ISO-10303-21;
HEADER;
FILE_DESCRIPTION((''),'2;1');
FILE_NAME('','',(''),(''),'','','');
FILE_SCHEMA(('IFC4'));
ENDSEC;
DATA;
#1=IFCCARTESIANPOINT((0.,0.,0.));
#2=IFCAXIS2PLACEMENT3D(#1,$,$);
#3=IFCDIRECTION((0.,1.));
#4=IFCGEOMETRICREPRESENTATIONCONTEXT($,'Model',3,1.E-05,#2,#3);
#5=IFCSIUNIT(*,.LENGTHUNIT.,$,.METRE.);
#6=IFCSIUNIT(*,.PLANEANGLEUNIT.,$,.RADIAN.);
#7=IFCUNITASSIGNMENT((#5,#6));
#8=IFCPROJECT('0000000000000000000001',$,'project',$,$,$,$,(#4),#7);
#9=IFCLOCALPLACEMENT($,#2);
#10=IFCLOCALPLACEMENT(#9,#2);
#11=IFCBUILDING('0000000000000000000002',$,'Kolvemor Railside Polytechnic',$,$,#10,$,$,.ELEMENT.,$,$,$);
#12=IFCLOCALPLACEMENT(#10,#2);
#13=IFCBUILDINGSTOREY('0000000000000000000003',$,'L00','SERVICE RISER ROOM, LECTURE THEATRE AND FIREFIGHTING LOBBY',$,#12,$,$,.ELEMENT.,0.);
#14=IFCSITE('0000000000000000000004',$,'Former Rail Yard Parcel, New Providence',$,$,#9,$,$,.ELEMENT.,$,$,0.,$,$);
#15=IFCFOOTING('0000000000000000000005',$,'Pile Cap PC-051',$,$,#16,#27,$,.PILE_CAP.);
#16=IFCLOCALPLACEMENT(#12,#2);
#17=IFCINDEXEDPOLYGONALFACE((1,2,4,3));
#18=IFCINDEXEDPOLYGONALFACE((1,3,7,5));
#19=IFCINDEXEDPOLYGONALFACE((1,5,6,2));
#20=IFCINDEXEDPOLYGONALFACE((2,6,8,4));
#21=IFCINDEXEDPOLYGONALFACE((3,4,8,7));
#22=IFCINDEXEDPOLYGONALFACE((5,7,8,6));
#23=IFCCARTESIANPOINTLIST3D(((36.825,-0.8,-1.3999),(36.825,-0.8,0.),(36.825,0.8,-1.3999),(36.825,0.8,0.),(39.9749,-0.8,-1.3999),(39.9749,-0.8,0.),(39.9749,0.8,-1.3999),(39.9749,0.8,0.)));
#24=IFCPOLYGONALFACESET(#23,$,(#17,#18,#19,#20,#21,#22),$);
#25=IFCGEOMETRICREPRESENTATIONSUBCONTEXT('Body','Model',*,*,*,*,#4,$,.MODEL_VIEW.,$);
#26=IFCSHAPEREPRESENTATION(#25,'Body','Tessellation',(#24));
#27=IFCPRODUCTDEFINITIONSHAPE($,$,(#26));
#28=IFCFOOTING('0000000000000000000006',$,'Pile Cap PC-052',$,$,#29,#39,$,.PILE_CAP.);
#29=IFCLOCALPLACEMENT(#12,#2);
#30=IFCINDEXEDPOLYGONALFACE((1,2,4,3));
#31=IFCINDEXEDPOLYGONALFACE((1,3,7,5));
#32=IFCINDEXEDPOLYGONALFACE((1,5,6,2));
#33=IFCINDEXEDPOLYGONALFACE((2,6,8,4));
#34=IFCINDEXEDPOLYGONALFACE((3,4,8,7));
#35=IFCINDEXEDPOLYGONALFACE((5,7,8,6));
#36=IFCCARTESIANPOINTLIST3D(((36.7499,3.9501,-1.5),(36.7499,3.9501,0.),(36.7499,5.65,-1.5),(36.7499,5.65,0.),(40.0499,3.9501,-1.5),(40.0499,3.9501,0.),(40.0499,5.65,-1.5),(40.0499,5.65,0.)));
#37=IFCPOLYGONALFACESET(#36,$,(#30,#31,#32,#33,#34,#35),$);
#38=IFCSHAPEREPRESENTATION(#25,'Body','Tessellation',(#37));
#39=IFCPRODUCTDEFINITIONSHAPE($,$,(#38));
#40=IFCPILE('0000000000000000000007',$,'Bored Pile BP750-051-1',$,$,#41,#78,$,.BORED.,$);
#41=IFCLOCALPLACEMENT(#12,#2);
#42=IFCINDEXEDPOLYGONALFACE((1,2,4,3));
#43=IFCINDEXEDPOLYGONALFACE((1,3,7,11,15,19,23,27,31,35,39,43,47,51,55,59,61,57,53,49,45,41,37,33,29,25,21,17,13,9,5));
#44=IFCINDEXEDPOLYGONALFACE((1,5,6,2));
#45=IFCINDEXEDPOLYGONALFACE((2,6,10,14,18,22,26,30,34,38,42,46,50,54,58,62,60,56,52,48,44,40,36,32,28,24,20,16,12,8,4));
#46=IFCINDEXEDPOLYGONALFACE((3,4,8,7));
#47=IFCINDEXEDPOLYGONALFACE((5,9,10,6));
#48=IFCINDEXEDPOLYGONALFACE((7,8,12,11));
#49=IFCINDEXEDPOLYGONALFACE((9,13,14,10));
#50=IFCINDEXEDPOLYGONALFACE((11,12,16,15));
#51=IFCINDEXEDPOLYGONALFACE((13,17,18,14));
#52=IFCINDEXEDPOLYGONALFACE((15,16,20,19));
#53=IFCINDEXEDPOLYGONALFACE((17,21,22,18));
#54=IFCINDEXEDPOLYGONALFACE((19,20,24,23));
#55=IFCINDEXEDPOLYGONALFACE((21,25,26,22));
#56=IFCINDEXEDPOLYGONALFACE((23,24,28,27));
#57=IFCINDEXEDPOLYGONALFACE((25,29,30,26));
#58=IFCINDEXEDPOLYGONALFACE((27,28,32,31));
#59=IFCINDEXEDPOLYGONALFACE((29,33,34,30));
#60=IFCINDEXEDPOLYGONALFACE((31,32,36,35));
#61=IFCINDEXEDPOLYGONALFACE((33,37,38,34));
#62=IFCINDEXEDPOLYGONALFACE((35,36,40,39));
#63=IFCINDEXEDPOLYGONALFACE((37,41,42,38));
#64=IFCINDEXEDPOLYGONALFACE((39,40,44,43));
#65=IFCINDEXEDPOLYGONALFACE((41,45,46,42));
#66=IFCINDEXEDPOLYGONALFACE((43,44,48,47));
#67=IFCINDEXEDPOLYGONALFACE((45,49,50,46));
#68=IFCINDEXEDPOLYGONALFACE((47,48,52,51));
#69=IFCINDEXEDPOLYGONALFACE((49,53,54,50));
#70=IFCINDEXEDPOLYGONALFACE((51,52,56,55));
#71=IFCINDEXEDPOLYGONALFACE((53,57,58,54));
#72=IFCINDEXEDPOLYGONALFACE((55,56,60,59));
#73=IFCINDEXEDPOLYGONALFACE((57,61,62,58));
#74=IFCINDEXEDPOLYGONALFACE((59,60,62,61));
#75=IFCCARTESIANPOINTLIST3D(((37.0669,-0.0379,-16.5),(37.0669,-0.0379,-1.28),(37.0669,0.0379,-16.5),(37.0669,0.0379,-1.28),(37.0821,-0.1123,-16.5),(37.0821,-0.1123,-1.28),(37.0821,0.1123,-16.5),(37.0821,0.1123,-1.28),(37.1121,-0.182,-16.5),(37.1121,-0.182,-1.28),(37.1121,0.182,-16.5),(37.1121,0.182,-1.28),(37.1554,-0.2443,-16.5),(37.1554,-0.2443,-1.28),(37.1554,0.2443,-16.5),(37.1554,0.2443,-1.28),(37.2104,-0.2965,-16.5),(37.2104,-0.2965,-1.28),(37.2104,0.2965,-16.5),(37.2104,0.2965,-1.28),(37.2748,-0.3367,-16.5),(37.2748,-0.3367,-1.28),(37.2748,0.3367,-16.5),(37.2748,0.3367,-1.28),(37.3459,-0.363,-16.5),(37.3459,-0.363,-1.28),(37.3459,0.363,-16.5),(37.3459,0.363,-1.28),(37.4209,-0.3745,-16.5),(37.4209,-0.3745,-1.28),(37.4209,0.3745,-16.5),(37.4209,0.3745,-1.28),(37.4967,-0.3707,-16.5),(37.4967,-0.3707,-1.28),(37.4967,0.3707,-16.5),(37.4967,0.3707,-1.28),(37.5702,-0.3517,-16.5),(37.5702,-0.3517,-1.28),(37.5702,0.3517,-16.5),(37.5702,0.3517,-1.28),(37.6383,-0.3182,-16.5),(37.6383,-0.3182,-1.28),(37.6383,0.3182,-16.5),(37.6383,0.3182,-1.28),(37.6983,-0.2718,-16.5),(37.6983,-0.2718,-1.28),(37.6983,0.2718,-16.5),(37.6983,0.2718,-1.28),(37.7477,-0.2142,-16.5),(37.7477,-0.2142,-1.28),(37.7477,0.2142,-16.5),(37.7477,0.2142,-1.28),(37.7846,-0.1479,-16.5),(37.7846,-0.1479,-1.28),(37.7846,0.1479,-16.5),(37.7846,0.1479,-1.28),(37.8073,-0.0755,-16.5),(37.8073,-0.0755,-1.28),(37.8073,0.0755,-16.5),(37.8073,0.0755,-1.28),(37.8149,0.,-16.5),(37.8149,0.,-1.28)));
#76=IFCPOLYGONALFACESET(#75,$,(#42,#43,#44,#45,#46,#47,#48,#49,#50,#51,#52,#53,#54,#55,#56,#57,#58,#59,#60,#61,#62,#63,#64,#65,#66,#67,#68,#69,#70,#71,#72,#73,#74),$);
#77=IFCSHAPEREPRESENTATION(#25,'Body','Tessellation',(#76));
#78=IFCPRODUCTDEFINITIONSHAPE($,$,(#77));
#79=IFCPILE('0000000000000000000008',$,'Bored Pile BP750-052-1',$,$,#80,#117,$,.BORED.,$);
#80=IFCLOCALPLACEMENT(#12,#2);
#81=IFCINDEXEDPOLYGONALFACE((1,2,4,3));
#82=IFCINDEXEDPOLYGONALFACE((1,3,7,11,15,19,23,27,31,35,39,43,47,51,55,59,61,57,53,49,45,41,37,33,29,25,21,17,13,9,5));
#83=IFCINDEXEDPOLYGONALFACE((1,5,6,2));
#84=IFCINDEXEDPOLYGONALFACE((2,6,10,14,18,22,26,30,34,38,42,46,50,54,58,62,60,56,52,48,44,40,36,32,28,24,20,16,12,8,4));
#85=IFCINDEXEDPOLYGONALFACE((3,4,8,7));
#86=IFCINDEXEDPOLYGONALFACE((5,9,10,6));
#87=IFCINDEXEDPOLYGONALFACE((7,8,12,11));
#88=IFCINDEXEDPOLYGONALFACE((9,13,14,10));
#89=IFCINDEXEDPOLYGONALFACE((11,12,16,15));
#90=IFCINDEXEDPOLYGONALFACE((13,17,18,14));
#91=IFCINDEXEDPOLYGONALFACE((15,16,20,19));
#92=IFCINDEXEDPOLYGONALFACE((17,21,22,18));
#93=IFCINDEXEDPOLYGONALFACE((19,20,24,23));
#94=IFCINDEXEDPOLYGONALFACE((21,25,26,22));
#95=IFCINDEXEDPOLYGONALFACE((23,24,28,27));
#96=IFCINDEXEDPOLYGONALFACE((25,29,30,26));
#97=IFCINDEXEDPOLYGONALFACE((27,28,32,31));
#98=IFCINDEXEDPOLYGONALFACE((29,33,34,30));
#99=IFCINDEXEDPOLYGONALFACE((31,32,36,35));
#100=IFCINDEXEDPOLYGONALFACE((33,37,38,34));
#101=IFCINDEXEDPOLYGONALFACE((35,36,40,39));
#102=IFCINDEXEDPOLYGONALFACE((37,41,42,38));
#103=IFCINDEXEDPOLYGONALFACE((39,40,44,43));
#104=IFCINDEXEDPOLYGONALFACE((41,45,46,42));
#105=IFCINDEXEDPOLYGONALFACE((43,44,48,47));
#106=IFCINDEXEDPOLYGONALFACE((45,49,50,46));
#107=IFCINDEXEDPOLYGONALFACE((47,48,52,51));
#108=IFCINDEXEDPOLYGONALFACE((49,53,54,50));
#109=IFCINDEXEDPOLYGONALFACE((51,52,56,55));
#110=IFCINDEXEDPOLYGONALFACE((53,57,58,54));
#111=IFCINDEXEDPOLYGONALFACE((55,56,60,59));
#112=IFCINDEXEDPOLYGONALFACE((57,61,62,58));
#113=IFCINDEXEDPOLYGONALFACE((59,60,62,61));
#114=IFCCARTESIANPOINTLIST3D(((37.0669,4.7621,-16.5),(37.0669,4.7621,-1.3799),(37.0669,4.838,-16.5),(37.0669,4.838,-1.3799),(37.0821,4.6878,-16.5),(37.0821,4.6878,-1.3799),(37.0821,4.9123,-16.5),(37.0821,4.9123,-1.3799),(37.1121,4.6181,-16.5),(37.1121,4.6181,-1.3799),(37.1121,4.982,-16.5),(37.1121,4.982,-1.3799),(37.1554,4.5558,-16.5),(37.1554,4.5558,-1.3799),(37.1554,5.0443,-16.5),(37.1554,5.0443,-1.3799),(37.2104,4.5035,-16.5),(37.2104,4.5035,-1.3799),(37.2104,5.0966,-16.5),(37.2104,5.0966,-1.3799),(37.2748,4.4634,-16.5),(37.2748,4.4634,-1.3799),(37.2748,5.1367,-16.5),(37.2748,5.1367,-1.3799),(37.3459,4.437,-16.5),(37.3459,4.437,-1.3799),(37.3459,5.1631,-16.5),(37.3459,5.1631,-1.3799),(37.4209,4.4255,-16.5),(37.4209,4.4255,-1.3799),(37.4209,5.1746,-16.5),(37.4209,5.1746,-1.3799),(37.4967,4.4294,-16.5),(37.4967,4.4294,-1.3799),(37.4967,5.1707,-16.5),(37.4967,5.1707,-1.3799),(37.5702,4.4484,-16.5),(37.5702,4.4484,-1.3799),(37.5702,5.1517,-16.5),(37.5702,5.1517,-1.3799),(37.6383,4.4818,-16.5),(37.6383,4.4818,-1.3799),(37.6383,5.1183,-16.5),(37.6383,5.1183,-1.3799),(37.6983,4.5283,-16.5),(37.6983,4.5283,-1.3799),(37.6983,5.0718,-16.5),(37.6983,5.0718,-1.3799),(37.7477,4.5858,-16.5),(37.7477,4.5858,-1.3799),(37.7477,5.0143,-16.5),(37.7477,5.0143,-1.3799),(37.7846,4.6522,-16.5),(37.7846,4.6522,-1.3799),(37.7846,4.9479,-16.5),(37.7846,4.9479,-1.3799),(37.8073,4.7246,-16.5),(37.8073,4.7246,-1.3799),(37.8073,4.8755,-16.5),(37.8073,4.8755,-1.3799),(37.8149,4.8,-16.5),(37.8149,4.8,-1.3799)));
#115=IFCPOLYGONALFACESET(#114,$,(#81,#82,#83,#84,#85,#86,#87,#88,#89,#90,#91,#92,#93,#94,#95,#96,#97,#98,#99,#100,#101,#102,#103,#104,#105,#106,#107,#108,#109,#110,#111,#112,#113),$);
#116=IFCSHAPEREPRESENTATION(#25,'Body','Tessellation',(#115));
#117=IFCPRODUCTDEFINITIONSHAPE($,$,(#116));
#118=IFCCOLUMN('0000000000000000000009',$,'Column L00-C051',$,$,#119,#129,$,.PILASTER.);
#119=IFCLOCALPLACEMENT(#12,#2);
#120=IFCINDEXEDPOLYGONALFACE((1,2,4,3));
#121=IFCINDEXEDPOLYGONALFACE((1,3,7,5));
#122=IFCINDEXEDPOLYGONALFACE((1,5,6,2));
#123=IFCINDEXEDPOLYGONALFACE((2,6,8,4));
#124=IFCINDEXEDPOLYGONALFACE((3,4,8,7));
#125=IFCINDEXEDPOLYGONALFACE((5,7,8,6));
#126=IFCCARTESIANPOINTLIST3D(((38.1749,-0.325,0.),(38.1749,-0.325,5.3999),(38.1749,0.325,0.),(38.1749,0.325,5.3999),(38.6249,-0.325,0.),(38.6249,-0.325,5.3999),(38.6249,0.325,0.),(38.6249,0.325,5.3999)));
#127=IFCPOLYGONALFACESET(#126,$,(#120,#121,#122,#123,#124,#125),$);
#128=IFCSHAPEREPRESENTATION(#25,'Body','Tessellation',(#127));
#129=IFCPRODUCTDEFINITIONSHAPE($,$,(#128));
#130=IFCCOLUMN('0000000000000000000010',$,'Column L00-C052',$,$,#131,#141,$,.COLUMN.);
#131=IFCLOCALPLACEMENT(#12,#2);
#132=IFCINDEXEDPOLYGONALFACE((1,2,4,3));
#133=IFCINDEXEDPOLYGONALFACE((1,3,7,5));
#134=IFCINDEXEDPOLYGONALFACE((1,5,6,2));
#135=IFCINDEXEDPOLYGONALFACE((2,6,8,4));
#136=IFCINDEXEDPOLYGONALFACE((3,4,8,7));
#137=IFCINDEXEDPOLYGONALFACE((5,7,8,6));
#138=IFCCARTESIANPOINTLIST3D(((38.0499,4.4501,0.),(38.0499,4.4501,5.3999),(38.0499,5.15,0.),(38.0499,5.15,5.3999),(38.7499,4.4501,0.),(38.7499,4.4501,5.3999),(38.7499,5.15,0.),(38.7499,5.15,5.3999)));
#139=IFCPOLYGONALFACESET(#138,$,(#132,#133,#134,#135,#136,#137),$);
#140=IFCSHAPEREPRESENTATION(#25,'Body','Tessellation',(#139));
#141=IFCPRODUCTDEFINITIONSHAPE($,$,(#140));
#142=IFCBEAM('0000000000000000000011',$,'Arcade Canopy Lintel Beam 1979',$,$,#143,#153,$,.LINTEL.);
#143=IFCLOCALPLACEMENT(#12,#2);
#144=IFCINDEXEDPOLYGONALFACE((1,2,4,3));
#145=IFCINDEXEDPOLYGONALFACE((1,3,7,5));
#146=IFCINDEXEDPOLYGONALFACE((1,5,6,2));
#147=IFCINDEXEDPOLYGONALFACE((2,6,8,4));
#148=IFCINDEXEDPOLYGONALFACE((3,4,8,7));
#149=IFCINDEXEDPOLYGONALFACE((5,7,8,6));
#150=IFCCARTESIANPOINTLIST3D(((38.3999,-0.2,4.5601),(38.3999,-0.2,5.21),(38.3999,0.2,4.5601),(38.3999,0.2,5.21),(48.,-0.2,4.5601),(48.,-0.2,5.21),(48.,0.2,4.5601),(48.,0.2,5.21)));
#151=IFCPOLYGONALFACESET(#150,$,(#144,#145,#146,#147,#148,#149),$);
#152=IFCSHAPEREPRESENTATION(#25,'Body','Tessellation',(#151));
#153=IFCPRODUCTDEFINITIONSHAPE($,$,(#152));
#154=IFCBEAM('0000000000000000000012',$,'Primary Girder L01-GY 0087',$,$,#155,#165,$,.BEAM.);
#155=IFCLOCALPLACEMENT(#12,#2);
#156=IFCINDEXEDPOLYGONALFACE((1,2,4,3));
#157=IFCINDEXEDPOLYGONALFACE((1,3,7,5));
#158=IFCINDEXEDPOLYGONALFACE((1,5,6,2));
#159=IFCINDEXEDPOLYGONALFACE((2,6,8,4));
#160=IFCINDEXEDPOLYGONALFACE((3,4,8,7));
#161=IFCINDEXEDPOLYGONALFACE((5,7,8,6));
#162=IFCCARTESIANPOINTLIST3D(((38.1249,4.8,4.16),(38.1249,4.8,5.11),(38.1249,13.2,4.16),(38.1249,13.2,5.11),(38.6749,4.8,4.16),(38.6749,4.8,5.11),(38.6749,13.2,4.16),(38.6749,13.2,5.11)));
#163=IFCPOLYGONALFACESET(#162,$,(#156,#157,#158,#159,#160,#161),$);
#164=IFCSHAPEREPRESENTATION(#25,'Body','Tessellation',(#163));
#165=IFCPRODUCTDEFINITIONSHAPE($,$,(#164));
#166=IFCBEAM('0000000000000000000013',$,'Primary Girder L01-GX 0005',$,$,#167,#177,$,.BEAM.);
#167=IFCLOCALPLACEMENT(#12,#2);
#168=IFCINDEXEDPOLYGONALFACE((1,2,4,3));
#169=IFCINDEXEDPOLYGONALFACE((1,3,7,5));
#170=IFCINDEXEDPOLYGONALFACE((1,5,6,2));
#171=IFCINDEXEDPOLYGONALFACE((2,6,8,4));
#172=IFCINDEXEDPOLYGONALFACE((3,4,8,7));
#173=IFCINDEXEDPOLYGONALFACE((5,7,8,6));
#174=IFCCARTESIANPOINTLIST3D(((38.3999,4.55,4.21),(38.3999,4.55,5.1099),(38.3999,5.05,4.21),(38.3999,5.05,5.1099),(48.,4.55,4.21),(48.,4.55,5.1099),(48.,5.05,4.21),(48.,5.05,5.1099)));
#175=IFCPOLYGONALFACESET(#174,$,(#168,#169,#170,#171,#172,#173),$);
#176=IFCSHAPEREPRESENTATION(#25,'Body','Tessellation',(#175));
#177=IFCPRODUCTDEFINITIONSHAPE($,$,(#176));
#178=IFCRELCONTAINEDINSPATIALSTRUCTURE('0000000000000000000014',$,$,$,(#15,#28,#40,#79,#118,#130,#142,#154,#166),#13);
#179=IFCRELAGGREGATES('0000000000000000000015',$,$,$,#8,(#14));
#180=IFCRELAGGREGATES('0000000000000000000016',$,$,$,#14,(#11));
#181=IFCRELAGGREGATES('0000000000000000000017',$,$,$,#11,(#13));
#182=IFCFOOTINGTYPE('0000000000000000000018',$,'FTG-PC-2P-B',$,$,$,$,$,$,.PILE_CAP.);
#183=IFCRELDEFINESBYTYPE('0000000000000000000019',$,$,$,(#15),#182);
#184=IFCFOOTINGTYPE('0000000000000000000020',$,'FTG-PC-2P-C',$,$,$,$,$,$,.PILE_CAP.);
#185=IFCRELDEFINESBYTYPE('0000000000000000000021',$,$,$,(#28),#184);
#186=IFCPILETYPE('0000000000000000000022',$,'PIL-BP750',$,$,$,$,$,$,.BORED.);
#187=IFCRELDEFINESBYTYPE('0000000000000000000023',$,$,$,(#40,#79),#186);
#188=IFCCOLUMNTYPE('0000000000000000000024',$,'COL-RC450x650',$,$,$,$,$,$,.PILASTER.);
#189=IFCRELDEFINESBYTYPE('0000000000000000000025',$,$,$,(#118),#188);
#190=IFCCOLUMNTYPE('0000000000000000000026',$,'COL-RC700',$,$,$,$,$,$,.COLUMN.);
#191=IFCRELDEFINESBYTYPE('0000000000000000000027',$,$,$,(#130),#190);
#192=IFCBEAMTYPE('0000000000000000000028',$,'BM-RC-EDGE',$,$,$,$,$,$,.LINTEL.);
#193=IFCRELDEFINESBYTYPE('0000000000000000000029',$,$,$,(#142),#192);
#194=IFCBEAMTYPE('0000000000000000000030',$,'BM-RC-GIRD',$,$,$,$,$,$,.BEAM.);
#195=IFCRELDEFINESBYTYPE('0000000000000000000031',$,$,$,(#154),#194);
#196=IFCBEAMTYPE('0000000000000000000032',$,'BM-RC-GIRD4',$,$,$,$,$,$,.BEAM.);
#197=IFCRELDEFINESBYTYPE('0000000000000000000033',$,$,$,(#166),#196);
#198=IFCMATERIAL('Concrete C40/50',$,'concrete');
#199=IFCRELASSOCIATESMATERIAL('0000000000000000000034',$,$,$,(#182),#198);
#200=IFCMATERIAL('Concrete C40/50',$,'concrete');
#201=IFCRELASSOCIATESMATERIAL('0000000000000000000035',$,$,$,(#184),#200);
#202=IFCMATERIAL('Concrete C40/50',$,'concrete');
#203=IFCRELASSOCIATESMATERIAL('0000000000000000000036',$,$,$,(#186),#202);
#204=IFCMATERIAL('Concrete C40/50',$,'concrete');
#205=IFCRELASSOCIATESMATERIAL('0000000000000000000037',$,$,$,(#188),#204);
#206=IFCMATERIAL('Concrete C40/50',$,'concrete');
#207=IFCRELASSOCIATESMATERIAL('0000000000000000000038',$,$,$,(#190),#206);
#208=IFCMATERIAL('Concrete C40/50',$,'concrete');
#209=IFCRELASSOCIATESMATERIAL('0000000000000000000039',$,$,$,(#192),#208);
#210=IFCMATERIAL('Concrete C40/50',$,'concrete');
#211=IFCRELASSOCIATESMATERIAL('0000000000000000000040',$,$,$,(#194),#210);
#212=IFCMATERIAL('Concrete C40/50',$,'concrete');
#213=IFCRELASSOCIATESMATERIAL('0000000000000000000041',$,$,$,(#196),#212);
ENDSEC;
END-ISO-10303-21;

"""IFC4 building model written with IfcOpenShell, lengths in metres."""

from ifc_helpers import new_model, si_unit, direction, frame, origin, origin_2d, place, context, subcontext, project, spatial, rectangle, circle, extrude, material, material_profile, profile_set, type_object, element, save


model = new_model("IFC4")

# Units and contexts
model_context = context("Model", 3, precision=1e-05, world=origin(), true_north=direction((0.0, 1.0)))
body_context = subcontext(model_context, "Body", "Model", "MODEL_VIEW")
ifc_project = project(units=[si_unit("LENGTHUNIT", "METRE"), si_unit("PLANEANGLEUNIT", "RADIAN")], contexts=[model_context])

# Site, building, storey
site_placement = place(None, origin())
site = spatial("IfcSite", under=ifc_project, at=site_placement, Name="Former Rail Yard Parcel, New Providence", CompositionType="ELEMENT", RefElevation=0.0)
building_placement = place(site_placement, origin())
building = spatial("IfcBuilding", under=site, at=building_placement, Name="Kolvemor Railside Polytechnic", CompositionType="ELEMENT")
storey_placement = place(building_placement, origin())
storey = spatial("IfcBuildingStorey", under=building, at=storey_placement, Name="L00", Description="SERVICE RISER ROOM, LECTURE THEATRE AND FIREFIGHTING LOBBY", CompositionType="ELEMENT", Elevation=0.0)

# Footings
ifc_material_1 = material(Name="Concrete C40/50", Category="concrete")
footing_type_1 = type_object("IfcFootingType", Name="FTG-PC-2P-B", PredefinedType="PILE_CAP", material=ifc_material_1)
footing_1_placement = place(storey_placement, frame((38.3999, 0.0, -1.3999), z_axis=(0.0, 0.0, 1.0), x_axis=(1.0, 0.0, 0.0)))
element("IfcFooting", 1, at=footing_1_placement, inside=storey, type_object=footing_type_1, Name="Pile Cap PC-051", PredefinedType="PILE_CAP", context=body_context, shape_type="SweptSolid", body=[
    extrude(rectangle(XDim=3.1499, YDim=1.6001, at=origin_2d()), origin(), (0.0, 0.0, 1.0), 1.3999),
])
ifc_material_2 = material(Name="Concrete C40/50", Category="concrete")
footing_type_2 = type_object("IfcFootingType", Name="FTG-PC-2P-C", PredefinedType="PILE_CAP", material=ifc_material_2)
footing_2_placement = place(storey_placement, frame((38.3999, 4.8, -1.5), z_axis=(0.0, 0.0, 1.0), x_axis=(1.0, 0.0, 0.0)))
element("IfcFooting", 2, at=footing_2_placement, inside=storey, type_object=footing_type_2, Name="Pile Cap PC-052", PredefinedType="PILE_CAP", context=body_context, shape_type="SweptSolid", body=[
    extrude(rectangle(XDim=3.3, YDim=1.7, at=origin_2d()), origin(), (0.0, 0.0, 1.0), 1.5),
])

# Piles
ifc_material_3 = material(Name="Concrete C40/50", Category="concrete")
ifc_material_profile_1 = material_profile(ifc_material_3, circle(Radius=0.375, at=origin_2d()), Name="BP750")
ifc_profile_set_1 = profile_set([ifc_material_profile_1], Name="Concrete C40/50")
pile_type = type_object("IfcPileType", Name="PIL-BP750", PredefinedType="BORED", material=ifc_profile_set_1)
pile_1_placement = place(storey_placement, frame((37.4399, 0.0, -1.28), z_axis=(0.0, 0.0, -1.0), x_axis=(1.0, 0.0, 0.0)))
element("IfcPile", 3, at=pile_1_placement, inside=storey, type_object=pile_type, Name="Bored Pile BP750-051-1", PredefinedType="BORED", context=body_context, shape_type="SweptSolid", body=[
    extrude(circle(Radius=0.375, at=origin_2d()), origin(), (0.0, 0.0, 1.0), 15.22),
])
pile_2_placement = place(storey_placement, frame((37.4399, 4.8, -1.3799), z_axis=(0.0, 0.0, -1.0), x_axis=(1.0, 0.0, 0.0)))
element("IfcPile", 4, at=pile_2_placement, inside=storey, type_object=pile_type, Name="Bored Pile BP750-052-1", PredefinedType="BORED", context=body_context, shape_type="SweptSolid", body=[
    extrude(circle(Radius=0.375, at=origin_2d()), origin(), (0.0, 0.0, 1.0), 15.1201),
])

# Columns
ifc_material_4 = material(Name="Concrete C40/50", Category="concrete")
ifc_material_profile_2 = material_profile(ifc_material_4, rectangle(XDim=0.45, YDim=0.6499, at=origin_2d()), Name="RC450x650")
ifc_profile_set_2 = profile_set([ifc_material_profile_2], Name="Concrete C40/50")
column_type_1 = type_object("IfcColumnType", Name="COL-RC450x650", PredefinedType="PILASTER", material=ifc_profile_set_2)
column_1_placement = place(storey_placement, frame((38.3999, 0.0, 0.0), z_axis=(0.0, 0.0, 1.0), x_axis=(1.0, 0.0, 0.0)))
element("IfcColumn", 5, at=column_1_placement, inside=storey, type_object=column_type_1, Name="Column L00-C051", PredefinedType="PILASTER", context=body_context, shape_type="SweptSolid", body=[
    extrude(rectangle(XDim=0.45, YDim=0.6499, at=origin_2d()), origin(), (0.0, 0.0, 1.0), 5.3999),
])
ifc_material_5 = material(Name="Concrete C40/50", Category="concrete")
ifc_material_profile_3 = material_profile(ifc_material_5, rectangle(XDim=0.7, YDim=0.7, at=origin_2d()), Name="RC700x700")
ifc_profile_set_3 = profile_set([ifc_material_profile_3], Name="Concrete C40/50")
column_type_2 = type_object("IfcColumnType", Name="COL-RC700", PredefinedType="COLUMN", material=ifc_profile_set_3)
column_2_placement = place(storey_placement, frame((38.3999, 4.8, 0.0), z_axis=(0.0, 0.0, 1.0), x_axis=(1.0, 0.0, 0.0)))
element("IfcColumn", 6, at=column_2_placement, inside=storey, type_object=column_type_2, Name="Column L00-C052", PredefinedType="COLUMN", context=body_context, shape_type="SweptSolid", body=[
    extrude(rectangle(XDim=0.7, YDim=0.7, at=origin_2d()), origin(), (0.0, 0.0, 1.0), 5.3999),
])

# Beams
ifc_material_6 = material(Name="Concrete C40/50", Category="concrete")
ifc_material_profile_4 = material_profile(ifc_material_6, rectangle(XDim=0.3999, YDim=0.6499, at=origin_2d()), Name="RC400x650")
ifc_profile_set_4 = profile_set([ifc_material_profile_4], Name="Concrete C40/50")
beam_type_1 = type_object("IfcBeamType", Name="BM-RC-EDGE", PredefinedType="LINTEL", material=ifc_profile_set_4)
beam_1_placement = place(storey_placement, frame((38.3999, 0.0, 4.885), z_axis=(1.0, 0.0, 0.0), x_axis=(0.0, 1.0, 0.0)))
element("IfcBeam", 7, at=beam_1_placement, inside=storey, type_object=beam_type_1, Name="Arcade Canopy Lintel Beam 1979", PredefinedType="LINTEL", context=body_context, shape_type="SweptSolid", body=[
    extrude(rectangle(XDim=0.3999, YDim=0.6499, at=origin_2d()), origin(), (0.0, 0.0, 1.0), 9.6001),
])
ifc_material_7 = material(Name="Concrete C40/50", Category="concrete")
ifc_material_profile_5 = material_profile(ifc_material_7, rectangle(XDim=0.55, YDim=0.95, at=origin_2d()), Name="RC550x950")
ifc_profile_set_5 = profile_set([ifc_material_profile_5], Name="Concrete C40/50")
beam_type_2 = type_object("IfcBeamType", Name="BM-RC-GIRD", PredefinedType="BEAM", material=ifc_profile_set_5)
beam_2_placement = place(storey_placement, frame((38.3999, 4.8, 4.635), z_axis=(0.0, 1.0, 0.0), x_axis=(-1.0, 0.0, 0.0)))
element("IfcBeam", 8, at=beam_2_placement, inside=storey, type_object=beam_type_2, Name="Primary Girder L01-GY 0087", PredefinedType="BEAM", context=body_context, shape_type="SweptSolid", body=[
    extrude(rectangle(XDim=0.55, YDim=0.95, at=origin_2d()), origin(), (0.0, 0.0, 1.0), 8.3999),
])
ifc_material_8 = material(Name="Concrete C40/50", Category="concrete")
ifc_material_profile_6 = material_profile(ifc_material_8, rectangle(XDim=0.5, YDim=0.8999, at=origin_2d()), Name="RC500x900")
ifc_profile_set_6 = profile_set([ifc_material_profile_6], Name="Concrete C40/50")
beam_type_3 = type_object("IfcBeamType", Name="BM-RC-GIRD4", PredefinedType="BEAM", material=ifc_profile_set_6)
beam_3_placement = place(storey_placement, frame((38.3999, 4.8, 4.6599), z_axis=(1.0, 0.0, 0.0), x_axis=(0.0, 1.0, 0.0)))
element("IfcBeam", 9, at=beam_3_placement, inside=storey, type_object=beam_type_3, Name="Primary Girder L01-GX 0005", PredefinedType="BEAM", context=body_context, shape_type="SweptSolid", body=[
    extrude(rectangle(XDim=0.5, YDim=0.8999, at=origin_2d()), origin(), (0.0, 0.0, 1.0), 9.6001),
])

save(model, "model.ifc")
